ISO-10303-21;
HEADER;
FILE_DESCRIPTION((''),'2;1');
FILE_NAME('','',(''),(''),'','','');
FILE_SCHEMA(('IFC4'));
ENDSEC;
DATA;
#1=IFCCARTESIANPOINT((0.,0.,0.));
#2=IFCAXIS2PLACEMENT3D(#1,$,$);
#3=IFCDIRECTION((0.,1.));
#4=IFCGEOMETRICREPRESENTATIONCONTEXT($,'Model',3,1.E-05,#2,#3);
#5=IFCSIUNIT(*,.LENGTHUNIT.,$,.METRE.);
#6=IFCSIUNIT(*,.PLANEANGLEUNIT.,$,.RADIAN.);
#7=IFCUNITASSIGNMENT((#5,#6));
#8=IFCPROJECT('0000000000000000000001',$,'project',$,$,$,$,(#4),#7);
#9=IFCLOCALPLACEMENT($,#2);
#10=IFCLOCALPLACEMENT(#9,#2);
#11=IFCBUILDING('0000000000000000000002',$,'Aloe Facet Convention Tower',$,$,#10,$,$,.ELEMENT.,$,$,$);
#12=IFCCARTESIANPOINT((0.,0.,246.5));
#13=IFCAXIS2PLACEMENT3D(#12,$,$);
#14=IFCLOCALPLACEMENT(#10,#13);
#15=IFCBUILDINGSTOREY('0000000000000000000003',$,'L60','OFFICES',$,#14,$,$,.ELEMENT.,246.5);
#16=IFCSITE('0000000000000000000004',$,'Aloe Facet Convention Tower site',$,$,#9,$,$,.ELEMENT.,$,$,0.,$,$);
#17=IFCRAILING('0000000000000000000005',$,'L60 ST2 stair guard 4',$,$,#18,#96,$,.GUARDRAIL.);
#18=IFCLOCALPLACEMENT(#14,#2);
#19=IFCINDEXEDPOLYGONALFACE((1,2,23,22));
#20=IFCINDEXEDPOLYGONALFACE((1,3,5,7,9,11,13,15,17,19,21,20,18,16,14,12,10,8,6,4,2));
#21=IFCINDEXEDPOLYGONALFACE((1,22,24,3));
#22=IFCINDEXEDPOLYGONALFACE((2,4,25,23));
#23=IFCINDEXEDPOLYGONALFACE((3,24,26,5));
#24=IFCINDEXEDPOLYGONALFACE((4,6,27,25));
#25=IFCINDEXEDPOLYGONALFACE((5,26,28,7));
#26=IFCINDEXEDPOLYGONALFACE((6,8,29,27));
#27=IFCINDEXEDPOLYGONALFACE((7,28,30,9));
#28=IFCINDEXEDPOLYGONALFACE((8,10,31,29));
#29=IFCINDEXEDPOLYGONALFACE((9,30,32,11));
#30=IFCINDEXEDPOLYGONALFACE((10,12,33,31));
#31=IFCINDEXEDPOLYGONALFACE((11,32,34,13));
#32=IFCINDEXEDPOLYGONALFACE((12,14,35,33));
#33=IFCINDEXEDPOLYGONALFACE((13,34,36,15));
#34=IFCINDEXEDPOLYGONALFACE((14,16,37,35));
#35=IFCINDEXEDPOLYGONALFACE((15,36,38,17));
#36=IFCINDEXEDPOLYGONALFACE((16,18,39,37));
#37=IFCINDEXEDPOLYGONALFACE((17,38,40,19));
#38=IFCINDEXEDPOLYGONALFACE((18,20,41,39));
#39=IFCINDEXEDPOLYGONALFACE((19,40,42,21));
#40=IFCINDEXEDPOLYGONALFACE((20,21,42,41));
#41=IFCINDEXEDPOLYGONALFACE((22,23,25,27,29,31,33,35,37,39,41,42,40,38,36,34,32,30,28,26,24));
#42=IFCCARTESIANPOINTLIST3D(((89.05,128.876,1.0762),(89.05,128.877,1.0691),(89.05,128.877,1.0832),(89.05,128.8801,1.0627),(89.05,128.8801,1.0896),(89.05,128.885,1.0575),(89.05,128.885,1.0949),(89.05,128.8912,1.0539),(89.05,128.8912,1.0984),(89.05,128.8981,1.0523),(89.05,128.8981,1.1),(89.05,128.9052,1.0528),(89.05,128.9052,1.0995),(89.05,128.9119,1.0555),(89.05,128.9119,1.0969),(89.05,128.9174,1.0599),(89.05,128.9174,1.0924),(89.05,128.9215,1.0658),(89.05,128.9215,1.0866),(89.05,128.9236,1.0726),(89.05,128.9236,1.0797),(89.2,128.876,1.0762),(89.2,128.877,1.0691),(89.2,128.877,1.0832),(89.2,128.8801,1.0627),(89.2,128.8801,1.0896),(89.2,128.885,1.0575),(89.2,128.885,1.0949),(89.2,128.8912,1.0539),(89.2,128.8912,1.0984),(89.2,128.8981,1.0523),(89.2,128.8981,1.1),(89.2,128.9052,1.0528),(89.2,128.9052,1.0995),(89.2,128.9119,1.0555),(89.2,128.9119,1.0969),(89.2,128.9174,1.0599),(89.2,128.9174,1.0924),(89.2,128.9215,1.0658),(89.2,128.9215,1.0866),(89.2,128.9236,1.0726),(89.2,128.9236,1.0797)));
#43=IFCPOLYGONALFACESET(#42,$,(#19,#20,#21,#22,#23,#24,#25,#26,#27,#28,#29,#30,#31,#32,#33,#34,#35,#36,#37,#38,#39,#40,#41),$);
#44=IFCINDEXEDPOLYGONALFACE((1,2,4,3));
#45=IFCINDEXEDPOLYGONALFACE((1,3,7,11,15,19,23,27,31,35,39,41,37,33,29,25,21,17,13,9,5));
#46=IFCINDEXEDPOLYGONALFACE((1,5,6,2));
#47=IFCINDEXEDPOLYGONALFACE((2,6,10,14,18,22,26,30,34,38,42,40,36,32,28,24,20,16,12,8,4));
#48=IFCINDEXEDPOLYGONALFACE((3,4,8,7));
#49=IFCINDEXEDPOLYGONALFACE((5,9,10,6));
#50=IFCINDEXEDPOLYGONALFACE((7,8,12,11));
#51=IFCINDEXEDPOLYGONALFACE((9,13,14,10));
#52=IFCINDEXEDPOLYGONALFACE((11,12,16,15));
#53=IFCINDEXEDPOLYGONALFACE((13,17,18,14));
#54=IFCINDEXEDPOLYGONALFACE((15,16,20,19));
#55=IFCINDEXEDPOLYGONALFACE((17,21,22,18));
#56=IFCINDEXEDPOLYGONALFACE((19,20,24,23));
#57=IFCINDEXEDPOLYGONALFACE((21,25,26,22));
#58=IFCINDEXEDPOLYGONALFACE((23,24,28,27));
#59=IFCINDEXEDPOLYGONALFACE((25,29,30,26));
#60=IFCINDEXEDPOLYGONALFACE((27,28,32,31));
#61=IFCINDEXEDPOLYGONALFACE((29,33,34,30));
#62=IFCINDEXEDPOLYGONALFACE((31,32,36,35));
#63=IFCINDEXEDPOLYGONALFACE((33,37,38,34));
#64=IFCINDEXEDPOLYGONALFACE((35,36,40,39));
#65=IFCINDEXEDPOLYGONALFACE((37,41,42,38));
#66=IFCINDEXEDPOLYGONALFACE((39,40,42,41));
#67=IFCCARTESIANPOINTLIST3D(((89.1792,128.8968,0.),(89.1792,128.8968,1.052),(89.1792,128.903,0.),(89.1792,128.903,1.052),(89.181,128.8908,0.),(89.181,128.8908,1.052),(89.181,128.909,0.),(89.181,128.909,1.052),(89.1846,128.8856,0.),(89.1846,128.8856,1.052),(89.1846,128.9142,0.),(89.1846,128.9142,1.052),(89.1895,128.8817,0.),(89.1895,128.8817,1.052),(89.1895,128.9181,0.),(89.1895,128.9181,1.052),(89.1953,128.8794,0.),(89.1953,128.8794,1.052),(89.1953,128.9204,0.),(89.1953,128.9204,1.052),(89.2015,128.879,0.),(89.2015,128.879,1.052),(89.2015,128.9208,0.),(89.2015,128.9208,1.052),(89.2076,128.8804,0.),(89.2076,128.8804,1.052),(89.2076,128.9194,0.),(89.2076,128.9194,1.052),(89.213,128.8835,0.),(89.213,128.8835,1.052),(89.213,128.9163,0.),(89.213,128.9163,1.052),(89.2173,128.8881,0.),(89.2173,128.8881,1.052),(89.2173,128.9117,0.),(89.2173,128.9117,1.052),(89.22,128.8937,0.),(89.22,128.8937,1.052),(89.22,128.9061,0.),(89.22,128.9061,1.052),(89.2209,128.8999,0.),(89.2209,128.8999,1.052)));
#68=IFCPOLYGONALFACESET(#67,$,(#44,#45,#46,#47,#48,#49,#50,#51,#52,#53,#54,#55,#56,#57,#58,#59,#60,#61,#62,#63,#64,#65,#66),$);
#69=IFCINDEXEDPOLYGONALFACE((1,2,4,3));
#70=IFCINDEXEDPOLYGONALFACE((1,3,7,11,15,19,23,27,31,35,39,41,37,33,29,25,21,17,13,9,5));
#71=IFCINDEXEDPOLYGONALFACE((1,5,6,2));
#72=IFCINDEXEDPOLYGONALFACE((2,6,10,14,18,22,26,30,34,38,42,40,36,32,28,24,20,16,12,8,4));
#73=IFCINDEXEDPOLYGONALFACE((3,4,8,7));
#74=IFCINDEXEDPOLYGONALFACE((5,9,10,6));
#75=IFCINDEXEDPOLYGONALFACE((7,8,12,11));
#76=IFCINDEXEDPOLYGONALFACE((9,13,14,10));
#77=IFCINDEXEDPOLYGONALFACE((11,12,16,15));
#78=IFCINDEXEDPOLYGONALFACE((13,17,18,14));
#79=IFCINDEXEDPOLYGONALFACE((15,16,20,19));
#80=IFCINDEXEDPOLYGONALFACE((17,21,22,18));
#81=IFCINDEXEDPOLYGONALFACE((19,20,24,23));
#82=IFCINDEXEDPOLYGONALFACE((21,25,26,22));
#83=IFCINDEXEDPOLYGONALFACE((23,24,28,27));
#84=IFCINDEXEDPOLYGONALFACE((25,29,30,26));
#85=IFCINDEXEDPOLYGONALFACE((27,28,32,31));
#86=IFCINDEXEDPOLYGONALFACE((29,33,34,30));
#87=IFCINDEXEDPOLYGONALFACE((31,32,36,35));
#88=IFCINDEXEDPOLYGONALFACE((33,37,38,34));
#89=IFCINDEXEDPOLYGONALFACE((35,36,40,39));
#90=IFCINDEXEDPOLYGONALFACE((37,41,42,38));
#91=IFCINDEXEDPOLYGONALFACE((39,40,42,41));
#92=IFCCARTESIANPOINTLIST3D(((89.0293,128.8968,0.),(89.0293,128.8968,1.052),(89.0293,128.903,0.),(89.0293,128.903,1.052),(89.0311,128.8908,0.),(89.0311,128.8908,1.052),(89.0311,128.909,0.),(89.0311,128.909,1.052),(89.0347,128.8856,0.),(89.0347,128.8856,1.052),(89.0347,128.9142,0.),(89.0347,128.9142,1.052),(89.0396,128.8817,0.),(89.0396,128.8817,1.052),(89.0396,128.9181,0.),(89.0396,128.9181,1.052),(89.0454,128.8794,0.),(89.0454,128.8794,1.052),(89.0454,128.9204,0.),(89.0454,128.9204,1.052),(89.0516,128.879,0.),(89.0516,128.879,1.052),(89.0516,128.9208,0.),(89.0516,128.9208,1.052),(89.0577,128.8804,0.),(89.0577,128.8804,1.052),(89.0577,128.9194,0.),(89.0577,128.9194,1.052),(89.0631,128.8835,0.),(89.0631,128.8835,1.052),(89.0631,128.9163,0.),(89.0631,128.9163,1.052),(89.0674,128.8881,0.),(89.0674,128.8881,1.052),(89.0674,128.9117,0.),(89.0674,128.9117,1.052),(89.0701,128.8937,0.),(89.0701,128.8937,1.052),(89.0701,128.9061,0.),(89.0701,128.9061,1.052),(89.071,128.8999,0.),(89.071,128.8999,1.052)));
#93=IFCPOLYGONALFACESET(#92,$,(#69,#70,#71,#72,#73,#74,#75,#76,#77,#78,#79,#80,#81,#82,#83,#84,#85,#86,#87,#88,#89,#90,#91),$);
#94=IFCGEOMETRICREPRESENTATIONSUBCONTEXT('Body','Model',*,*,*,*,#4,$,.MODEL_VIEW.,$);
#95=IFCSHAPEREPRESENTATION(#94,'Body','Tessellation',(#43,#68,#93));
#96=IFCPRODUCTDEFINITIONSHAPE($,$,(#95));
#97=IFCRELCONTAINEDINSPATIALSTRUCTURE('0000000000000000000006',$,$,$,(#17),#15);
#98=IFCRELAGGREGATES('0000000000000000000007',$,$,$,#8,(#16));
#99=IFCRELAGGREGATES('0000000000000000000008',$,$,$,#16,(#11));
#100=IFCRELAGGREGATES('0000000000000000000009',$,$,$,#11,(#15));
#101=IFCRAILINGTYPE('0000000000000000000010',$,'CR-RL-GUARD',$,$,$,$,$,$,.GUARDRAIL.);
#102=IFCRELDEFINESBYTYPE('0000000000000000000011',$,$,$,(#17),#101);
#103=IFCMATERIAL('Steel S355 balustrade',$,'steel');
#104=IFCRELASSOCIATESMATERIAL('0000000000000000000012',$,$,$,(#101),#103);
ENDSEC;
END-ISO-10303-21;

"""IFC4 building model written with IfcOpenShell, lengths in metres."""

from ifc_helpers import new_model, si_unit, direction, frame, origin, origin_2d, place, context, subcontext, project, spatial, circle, extrude, material, type_object, element, save


model = new_model("IFC4")

# Units and contexts
model_context = context("Model", 3, precision=1e-05, world=origin(), true_north=direction((0.0, 1.0)))
body_context = subcontext(model_context, "Body", "Model", "MODEL_VIEW")
ifc_project = project(units=[si_unit("LENGTHUNIT", "METRE"), si_unit("PLANEANGLEUNIT", "RADIAN")], contexts=[model_context])

# Site, building, storey
site_placement = place(None, origin())
site = spatial("IfcSite", under=ifc_project, at=site_placement, Name="Aloe Facet Convention Tower site", CompositionType="ELEMENT", RefElevation=0.0)
building_placement = place(site_placement, origin())
building = spatial("IfcBuilding", under=site, at=building_placement, Name="Aloe Facet Convention Tower", CompositionType="ELEMENT")
storey_placement = place(building_placement, frame((0.0, 0.0, 246.5)))
storey = spatial("IfcBuildingStorey", under=building, at=storey_placement, Name="L60", Description="OFFICES", CompositionType="ELEMENT", Elevation=246.5)

# Railing
ifc_material_1 = material(Name="Steel S355 balustrade", Category="steel")
railing_type_1 = type_object("IfcRailingType", Name="CR-RL-GUARD", PredefinedType="GUARDRAIL", material=ifc_material_1)
railing_1_placement = place(storey_placement, frame((89.2, 128.8999, 0.0)))
element("IfcRailing", 1, at=railing_1_placement, inside=storey, type_object=railing_type_1, Name="L60 ST2 stair guard 4", PredefinedType="GUARDRAIL", context=body_context, shape_type="SweptSolid", body=[
    extrude(circle(Radius=0.0239, at=origin_2d()), frame((0.0, 0.0, 1.0762), z_axis=(-1.0, 0.0, 0.0), x_axis=(0.0, -1.0, 0.0)), (0.0, 0.0, 1.0), 0.1499),
    extrude(circle(Radius=0.021, at=origin_2d()), origin(), (0.0, 0.0, 1.0), 1.052),
    extrude(circle(Radius=0.021, at=origin_2d()), frame((-0.1499, 0.0, 0.0)), (0.0, 0.0, 1.0), 1.052),
])

save(model, "model.ifc")
